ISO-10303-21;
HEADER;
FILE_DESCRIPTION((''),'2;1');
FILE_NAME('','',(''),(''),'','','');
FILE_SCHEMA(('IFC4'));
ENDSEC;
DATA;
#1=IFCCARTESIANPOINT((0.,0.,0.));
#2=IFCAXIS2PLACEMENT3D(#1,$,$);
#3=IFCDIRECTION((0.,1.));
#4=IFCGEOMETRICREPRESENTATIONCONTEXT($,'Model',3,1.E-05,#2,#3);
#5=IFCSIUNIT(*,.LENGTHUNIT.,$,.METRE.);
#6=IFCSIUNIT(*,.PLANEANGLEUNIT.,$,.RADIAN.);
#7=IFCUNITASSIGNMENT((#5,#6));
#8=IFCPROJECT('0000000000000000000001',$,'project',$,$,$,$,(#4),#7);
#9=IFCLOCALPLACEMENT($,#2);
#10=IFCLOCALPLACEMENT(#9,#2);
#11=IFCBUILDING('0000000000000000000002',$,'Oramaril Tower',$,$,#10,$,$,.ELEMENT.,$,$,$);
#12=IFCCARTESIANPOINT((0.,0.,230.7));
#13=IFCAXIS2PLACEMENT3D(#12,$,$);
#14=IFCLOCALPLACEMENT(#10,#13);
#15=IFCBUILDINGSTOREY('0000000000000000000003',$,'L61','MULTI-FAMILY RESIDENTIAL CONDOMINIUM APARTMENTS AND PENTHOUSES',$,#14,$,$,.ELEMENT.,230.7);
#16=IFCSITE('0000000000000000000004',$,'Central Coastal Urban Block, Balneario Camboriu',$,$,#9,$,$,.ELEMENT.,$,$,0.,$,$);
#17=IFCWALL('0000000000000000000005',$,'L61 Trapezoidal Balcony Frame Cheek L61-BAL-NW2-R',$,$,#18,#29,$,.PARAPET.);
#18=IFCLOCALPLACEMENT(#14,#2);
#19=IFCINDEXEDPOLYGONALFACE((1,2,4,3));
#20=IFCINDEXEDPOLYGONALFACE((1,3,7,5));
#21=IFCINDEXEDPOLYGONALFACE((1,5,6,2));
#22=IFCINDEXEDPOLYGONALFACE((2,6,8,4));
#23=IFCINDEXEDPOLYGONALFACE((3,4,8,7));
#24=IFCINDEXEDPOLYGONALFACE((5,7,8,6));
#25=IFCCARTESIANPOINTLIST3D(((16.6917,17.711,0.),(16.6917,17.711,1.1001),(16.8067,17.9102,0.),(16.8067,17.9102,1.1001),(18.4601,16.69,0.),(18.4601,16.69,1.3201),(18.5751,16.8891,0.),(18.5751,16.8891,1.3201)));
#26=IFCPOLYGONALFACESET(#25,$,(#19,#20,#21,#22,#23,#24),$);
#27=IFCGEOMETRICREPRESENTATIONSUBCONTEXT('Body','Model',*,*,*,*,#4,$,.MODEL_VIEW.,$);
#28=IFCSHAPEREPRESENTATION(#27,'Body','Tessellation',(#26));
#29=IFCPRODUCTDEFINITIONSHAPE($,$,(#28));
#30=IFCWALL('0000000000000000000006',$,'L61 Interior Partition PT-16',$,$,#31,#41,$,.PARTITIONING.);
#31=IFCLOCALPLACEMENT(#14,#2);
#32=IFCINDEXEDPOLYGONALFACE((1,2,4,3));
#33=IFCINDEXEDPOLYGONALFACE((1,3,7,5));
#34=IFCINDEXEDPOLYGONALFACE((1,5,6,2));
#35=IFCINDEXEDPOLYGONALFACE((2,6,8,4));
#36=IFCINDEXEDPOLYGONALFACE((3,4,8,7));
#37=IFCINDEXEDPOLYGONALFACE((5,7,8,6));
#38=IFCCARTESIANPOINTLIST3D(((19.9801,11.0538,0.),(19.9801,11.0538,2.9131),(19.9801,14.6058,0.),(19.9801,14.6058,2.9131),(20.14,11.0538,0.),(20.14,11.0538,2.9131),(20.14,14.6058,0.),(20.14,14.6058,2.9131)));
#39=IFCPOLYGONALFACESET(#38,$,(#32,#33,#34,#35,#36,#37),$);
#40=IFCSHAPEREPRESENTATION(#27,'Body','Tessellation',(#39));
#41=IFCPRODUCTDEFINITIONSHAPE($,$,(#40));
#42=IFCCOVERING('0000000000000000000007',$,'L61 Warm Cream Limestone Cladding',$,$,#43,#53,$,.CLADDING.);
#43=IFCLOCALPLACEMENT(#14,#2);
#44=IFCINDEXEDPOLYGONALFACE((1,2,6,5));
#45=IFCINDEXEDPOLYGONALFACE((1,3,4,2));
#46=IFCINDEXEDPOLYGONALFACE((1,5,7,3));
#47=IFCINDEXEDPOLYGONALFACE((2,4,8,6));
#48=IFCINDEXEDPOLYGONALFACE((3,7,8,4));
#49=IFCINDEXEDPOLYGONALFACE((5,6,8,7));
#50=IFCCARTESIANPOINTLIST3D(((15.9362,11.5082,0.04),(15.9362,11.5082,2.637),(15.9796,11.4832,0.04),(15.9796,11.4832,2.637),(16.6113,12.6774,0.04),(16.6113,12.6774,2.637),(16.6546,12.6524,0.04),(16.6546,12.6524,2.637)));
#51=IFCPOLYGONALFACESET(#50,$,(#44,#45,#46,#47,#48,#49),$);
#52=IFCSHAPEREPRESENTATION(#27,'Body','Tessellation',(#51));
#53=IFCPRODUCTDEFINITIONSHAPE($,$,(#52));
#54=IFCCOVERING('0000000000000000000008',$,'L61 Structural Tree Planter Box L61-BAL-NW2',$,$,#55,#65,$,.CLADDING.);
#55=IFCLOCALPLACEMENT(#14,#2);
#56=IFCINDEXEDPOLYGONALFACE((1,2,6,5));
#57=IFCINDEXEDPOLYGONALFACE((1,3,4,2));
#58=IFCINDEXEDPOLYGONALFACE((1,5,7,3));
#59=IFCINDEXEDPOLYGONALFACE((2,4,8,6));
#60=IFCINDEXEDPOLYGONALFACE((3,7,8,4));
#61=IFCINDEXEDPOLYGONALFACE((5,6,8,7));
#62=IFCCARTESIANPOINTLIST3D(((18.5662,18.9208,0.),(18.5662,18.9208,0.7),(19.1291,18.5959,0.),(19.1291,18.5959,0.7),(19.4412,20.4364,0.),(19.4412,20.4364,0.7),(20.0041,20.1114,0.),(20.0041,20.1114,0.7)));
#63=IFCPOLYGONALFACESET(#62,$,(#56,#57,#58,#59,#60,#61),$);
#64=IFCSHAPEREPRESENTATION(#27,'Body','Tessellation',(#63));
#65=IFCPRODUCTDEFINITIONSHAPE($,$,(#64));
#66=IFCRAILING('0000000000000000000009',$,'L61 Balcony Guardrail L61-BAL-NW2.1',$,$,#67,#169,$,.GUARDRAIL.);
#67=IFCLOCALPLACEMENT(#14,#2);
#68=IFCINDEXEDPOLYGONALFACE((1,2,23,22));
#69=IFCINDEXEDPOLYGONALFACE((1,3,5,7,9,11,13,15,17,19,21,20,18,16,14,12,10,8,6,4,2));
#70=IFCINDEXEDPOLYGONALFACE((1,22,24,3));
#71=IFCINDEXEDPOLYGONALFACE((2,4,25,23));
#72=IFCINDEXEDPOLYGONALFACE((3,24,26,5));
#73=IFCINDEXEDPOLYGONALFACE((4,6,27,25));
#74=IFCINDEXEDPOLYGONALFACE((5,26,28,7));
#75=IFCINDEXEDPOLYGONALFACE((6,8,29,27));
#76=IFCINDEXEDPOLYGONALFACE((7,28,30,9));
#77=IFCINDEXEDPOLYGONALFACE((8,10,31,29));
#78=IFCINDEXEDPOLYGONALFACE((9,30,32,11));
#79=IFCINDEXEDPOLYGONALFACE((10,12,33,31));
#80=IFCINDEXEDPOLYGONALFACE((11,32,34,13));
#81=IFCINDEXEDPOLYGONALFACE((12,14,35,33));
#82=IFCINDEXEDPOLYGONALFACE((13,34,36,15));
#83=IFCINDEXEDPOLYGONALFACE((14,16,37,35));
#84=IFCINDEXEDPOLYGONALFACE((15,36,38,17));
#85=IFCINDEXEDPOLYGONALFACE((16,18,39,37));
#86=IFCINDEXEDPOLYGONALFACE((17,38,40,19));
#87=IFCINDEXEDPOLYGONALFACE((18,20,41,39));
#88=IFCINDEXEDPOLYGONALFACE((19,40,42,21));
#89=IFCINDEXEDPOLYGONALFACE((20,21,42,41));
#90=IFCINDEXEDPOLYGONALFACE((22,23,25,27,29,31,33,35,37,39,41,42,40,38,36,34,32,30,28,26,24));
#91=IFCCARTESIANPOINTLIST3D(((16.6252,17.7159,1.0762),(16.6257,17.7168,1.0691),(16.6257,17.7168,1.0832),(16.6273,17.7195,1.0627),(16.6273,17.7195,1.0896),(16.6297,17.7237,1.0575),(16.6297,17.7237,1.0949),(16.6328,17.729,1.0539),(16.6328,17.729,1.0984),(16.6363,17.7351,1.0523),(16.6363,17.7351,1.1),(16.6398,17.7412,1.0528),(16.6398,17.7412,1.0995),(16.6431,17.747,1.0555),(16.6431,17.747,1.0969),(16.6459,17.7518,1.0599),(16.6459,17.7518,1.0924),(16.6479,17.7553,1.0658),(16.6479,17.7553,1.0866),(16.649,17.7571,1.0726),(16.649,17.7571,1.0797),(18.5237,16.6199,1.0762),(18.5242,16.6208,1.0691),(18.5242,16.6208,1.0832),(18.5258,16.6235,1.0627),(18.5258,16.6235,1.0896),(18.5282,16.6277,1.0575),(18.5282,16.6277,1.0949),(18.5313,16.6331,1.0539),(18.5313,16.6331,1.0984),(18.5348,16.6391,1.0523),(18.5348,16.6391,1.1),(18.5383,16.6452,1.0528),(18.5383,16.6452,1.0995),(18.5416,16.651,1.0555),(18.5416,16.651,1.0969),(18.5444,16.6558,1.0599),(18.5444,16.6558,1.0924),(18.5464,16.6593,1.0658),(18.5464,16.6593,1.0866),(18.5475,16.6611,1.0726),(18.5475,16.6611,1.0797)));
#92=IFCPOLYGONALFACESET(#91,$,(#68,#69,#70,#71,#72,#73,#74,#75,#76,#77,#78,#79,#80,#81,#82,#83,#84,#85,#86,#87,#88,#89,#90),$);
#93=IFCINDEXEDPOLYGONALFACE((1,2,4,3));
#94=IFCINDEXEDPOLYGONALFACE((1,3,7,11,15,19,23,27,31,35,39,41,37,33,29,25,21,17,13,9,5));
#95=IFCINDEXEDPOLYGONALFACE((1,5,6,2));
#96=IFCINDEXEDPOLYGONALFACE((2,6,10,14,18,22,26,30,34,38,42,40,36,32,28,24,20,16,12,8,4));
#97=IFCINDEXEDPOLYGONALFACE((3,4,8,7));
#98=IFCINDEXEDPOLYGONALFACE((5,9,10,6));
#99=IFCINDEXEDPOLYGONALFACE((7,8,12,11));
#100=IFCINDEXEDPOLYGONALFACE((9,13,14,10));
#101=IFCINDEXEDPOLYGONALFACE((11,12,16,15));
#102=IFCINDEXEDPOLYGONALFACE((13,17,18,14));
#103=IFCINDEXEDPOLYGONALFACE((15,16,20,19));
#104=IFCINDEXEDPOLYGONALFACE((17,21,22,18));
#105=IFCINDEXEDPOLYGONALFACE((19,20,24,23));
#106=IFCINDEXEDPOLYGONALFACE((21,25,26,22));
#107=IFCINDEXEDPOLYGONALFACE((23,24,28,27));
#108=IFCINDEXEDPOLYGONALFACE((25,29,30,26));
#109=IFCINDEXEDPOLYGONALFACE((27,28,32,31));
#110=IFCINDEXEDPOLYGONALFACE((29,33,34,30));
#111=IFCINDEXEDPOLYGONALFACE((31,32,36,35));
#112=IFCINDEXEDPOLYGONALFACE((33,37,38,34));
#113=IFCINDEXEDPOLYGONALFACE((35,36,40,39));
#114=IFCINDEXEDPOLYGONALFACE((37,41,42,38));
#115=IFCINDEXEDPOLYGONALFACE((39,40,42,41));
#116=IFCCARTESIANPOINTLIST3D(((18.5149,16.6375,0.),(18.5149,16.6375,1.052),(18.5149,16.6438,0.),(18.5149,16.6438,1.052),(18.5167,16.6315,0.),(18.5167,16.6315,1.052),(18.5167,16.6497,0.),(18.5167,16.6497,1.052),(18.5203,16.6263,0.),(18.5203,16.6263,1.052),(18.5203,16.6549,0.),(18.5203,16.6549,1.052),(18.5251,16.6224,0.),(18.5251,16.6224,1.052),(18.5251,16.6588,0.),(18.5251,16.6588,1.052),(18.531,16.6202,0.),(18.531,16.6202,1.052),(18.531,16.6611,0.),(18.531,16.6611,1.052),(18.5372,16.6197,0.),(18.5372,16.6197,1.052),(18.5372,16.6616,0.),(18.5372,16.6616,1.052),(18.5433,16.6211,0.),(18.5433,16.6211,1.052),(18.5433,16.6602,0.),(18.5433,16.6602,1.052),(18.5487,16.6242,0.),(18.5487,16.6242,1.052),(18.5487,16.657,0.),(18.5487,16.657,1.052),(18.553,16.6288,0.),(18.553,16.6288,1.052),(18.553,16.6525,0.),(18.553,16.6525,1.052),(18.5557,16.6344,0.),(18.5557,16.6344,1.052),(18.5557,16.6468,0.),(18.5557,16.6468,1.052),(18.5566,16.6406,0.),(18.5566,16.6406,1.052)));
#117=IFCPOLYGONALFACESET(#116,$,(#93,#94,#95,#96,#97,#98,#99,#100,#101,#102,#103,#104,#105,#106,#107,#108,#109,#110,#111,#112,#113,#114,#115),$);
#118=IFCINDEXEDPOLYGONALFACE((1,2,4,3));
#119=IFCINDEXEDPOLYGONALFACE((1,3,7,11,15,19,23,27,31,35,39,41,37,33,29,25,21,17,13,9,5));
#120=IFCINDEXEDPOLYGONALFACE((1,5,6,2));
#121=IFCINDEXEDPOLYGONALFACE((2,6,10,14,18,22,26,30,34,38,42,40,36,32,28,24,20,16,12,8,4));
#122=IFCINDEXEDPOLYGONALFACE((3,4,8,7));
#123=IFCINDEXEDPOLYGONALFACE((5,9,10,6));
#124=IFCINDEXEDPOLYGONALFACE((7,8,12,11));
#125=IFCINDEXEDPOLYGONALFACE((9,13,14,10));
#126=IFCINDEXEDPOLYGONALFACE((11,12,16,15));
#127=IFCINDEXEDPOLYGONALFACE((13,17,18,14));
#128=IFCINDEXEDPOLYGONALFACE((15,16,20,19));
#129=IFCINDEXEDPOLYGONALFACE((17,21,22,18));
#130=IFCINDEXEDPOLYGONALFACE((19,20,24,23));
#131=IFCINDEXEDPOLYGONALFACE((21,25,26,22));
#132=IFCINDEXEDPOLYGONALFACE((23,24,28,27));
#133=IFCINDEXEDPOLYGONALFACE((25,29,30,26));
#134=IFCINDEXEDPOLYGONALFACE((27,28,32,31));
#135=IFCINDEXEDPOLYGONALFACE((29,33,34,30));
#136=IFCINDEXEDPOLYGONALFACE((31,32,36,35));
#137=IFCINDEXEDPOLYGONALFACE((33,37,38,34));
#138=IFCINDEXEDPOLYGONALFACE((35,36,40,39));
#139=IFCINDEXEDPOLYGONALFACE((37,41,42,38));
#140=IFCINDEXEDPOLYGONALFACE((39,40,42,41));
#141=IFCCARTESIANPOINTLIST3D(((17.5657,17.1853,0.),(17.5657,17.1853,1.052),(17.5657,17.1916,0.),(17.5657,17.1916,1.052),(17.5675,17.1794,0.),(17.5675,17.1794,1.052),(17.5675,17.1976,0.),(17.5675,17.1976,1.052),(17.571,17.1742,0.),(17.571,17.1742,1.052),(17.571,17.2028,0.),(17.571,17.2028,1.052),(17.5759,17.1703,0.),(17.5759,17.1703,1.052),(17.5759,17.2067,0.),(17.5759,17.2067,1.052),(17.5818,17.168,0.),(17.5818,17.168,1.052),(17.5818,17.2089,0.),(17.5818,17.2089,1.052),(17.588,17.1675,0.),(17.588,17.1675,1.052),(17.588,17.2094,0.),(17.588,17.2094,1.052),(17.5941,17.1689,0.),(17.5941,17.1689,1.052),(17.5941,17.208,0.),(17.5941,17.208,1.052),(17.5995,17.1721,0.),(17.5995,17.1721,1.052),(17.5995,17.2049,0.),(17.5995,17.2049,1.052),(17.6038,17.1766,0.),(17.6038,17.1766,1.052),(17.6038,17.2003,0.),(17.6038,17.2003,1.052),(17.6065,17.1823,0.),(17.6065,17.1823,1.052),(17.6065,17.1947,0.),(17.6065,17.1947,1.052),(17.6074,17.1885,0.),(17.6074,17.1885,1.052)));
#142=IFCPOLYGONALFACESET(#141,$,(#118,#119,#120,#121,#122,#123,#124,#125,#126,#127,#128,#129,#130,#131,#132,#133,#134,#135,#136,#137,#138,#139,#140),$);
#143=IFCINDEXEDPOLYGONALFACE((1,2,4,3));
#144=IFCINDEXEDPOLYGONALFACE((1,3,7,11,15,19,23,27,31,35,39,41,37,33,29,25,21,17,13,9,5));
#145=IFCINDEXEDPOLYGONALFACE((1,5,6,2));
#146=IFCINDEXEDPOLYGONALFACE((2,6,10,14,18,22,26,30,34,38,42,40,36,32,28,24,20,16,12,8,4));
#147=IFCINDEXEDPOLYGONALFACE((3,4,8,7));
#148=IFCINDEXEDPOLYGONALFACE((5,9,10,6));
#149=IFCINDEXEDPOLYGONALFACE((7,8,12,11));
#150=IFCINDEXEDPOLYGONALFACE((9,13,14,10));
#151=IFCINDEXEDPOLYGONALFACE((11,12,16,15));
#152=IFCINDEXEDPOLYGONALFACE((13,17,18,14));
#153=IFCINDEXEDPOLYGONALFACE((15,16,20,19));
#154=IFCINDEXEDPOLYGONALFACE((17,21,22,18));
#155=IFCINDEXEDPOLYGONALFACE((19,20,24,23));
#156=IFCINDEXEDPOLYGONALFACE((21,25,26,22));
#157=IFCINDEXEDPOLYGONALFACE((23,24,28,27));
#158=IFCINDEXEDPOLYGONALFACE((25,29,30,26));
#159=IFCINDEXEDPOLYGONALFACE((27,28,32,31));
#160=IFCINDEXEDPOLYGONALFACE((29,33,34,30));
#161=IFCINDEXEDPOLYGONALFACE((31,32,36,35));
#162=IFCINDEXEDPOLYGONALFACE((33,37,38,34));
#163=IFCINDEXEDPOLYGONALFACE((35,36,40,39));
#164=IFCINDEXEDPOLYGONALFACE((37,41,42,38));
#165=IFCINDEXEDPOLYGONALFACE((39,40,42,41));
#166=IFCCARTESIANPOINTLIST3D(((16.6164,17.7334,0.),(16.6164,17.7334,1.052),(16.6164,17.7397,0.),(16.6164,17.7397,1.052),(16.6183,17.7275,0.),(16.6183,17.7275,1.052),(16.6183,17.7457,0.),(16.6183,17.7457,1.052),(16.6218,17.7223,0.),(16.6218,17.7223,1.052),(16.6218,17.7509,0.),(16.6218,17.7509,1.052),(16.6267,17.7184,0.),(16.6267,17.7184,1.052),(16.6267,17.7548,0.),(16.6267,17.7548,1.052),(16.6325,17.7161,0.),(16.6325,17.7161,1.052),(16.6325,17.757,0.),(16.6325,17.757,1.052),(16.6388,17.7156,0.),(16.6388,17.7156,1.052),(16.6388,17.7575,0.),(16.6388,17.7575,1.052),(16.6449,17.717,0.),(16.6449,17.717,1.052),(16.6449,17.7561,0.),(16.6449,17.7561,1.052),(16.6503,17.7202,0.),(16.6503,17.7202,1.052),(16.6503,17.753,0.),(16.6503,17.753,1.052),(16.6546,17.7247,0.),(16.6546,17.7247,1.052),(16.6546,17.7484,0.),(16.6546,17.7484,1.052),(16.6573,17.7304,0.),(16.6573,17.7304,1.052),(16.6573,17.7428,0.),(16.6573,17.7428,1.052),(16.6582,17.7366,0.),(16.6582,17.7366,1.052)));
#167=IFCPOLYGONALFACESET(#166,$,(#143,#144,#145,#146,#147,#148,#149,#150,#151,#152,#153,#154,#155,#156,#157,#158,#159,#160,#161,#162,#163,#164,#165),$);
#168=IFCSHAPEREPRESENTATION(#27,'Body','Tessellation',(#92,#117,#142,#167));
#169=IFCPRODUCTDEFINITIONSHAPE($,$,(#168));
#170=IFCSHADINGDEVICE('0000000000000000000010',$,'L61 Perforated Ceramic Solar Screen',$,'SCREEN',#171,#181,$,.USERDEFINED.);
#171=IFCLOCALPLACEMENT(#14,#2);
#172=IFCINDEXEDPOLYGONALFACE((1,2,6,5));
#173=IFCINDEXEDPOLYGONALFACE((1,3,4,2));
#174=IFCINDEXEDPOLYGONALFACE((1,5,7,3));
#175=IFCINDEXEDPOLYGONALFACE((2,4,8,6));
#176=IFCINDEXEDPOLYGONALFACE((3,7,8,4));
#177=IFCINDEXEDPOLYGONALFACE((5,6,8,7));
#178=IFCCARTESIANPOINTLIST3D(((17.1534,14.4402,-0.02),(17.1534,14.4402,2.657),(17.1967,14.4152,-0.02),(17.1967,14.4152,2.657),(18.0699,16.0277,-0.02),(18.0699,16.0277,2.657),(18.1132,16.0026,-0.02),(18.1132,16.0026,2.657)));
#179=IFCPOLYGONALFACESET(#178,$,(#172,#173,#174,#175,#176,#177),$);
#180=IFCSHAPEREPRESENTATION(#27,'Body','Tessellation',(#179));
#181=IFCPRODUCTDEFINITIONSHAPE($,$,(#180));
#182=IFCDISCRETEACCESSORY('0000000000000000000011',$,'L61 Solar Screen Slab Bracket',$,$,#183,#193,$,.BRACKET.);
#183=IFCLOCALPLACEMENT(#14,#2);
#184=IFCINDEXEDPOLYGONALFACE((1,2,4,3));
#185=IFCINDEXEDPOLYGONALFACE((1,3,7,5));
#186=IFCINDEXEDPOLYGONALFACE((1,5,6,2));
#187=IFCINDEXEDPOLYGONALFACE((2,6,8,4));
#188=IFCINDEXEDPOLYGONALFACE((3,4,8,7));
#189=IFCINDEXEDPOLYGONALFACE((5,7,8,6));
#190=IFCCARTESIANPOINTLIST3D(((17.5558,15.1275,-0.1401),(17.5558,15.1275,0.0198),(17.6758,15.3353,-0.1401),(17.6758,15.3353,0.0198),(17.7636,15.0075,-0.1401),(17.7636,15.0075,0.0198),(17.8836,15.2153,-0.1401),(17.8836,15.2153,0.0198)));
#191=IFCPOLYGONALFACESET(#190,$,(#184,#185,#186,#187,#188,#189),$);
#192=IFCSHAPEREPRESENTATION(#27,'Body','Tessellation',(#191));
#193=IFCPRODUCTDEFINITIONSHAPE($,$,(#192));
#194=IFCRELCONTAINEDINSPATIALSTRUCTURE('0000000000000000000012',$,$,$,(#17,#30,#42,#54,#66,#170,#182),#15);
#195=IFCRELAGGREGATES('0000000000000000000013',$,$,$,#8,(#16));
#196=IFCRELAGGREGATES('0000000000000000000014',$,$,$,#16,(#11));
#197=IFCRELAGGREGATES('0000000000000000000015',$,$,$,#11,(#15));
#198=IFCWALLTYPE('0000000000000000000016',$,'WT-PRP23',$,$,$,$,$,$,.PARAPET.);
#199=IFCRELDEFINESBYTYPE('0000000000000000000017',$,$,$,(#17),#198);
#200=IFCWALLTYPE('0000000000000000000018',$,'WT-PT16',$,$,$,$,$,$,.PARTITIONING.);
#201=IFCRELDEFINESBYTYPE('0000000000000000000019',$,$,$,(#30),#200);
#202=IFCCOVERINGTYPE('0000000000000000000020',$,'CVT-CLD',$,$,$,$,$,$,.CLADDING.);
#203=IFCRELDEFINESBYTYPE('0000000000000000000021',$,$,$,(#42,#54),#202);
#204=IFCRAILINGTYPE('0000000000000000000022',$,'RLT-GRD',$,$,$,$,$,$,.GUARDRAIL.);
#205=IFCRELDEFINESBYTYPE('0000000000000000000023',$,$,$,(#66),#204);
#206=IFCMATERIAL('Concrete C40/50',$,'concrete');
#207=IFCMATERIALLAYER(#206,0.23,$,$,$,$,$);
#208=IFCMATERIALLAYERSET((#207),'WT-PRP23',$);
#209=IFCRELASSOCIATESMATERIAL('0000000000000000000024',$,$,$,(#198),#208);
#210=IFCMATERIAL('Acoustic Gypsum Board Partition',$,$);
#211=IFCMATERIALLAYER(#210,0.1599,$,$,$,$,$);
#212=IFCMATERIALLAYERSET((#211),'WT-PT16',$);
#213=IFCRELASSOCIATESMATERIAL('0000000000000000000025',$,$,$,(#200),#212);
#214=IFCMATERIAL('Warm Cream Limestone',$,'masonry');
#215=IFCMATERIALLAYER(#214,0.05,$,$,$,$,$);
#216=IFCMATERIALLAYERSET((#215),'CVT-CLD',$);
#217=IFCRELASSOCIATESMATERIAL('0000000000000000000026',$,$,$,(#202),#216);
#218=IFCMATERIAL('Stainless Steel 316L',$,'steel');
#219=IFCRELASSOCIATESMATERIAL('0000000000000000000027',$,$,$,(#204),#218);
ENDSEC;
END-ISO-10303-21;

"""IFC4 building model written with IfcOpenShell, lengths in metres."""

from ifc_helpers import new_model, si_unit, direction, frame, frame_2d, origin, origin_2d, place, context, subcontext, project, spatial, polyline, rectangle, circle, outline, extrude, material, layer, layer_set, type_object, element, save


model = new_model("IFC4")

# Units and contexts
model_context = context("Model", 3, precision=1e-05, world=origin(), true_north=direction((0.0, 1.0)))
body_context = subcontext(model_context, "Body", "Model", "MODEL_VIEW")
ifc_project = project(units=[si_unit("LENGTHUNIT", "METRE"), si_unit("PLANEANGLEUNIT", "RADIAN")], contexts=[model_context])

# Site, building, storey
site_placement = place(None, origin())
site = spatial("IfcSite", under=ifc_project, at=site_placement, Name="Central Coastal Urban Block, Balneario Camboriu", CompositionType="ELEMENT", RefElevation=0.0)
building_placement = place(site_placement, origin())
building = spatial("IfcBuilding", under=site, at=building_placement, Name="Oramaril Tower", CompositionType="ELEMENT")
storey_placement = place(building_placement, frame((0.0, 0.0, 230.7)))
storey = spatial("IfcBuildingStorey", under=building, at=storey_placement, Name="L61", Description="MULTI-FAMILY RESIDENTIAL CONDOMINIUM APARTMENTS AND PENTHOUSES", CompositionType="ELEMENT", Elevation=230.7)

# Wall
ifc_material_1 = material(Name="Concrete C40/50", Category="concrete")
ifc_layer_1 = layer(ifc_material_1, 0.23)
ifc_layer_set_1 = layer_set([ifc_layer_1], Name="WT-PRP23")
wall_type_1 = type_object("IfcWallType", Name="WT-PRP23", PredefinedType="PARAPET", material=ifc_layer_set_1)
wall_1_placement = place(storey_placement, frame((18.5176, 16.7896, 0.0), z_axis=(0.0, 0.0, 1.0), x_axis=(-0.866012, 0.500023, 0.0)))
element("IfcWall", 1, at=wall_1_placement, inside=storey, type_object=wall_type_1, Name="L61 Trapezoidal Balcony Frame Cheek L61-BAL-NW2-R", PredefinedType="PARAPET", context=body_context, shape_type="SweptSolid", body=[
    extrude(outline(polyline([(0.0, 0.0), (2.042, 0.0), (2.042, 1.1001), (0.0, 1.3201), (0.0, 0.0)])), frame((0.0, 0.115, 0.0), z_axis=(0.0, -1.0, 0.0), x_axis=(1.0, 0.0, 0.0)), (0.0, 0.0, 1.0), 0.23),
])

# Shared definitions
ifc_material_2 = material(Name="Acoustic Gypsum Board Partition")
ifc_layer_2 = layer(ifc_material_2, 0.1599)
ifc_layer_set_2 = layer_set([ifc_layer_2], Name="WT-PT16")
wall_type_2 = type_object("IfcWallType", Name="WT-PT16", PredefinedType="PARTITIONING", material=ifc_layer_set_2)

# Wall
wall_2_placement = place(storey_placement, frame((20.0601, 11.054, 0.0), z_axis=(0.0, 0.0, 1.0), x_axis=(0.0, 1.0, 0.0)))
element("IfcWall", 2, at=wall_2_placement, inside=storey, type_object=wall_type_2, Name="L61 Interior Partition PT-16", PredefinedType="PARTITIONING", context=body_context, shape_type="SweptSolid", body=[
    extrude(rectangle(XDim=3.552, YDim=0.1599, at=frame_2d((1.7759, 0.0))), origin(), (0.0, 0.0, 1.0), 2.9131),
])

# Coverings
ifc_material_3 = material(Name="Warm Cream Limestone", Category="masonry")
ifc_layer_3 = layer(ifc_material_3, 0.05)
ifc_layer_set_3 = layer_set([ifc_layer_3], Name="CVT-CLD")
covering_type = type_object("IfcCoveringType", Name="CVT-CLD", PredefinedType="CLADDING", material=ifc_layer_set_3)
covering_1_placement = place(storey_placement, frame((16.2954, 12.0803, 0.04), z_axis=(0.0, 0.0, 1.0), x_axis=(-0.500002, -0.866025, 0.0)))
element("IfcCovering", 3, at=covering_1_placement, inside=storey, type_object=covering_type, Name="L61 Warm Cream Limestone Cladding", PredefinedType="CLADDING", context=body_context, shape_type="SweptSolid", body=[
    extrude(rectangle(XDim=1.3501, YDim=0.05, at=origin_2d()), origin(), (0.0, 0.0, 1.0), 2.5969),
])
covering_2_placement = place(storey_placement, frame((19.2852, 19.5161, 0.0), z_axis=(0.0, 0.0, 1.0), x_axis=(-0.500002, -0.866025, 0.0)))
element("IfcCovering", 4, at=covering_2_placement, inside=storey, type_object=covering_type, Name="L61 Structural Tree Planter Box L61-BAL-NW2", PredefinedType="CLADDING", context=body_context, shape_type="SweptSolid", body=[
    extrude(rectangle(XDim=1.75, YDim=0.6499, at=origin_2d()), origin(), (0.0, 0.0, 1.0), 0.7),
])

# Railing
ifc_material_4 = material(Name="Stainless Steel 316L", Category="steel")
railing_type = type_object("IfcRailingType", Name="RLT-GRD", PredefinedType="GUARDRAIL", material=ifc_material_4)
railing_1_placement = place(storey_placement, frame((18.5356, 16.6406, 0.0)))
element("IfcRailing", 5, at=railing_1_placement, inside=storey, type_object=railing_type, Name="L61 Balcony Guardrail L61-BAL-NW2.1", PredefinedType="GUARDRAIL", context=body_context, shape_type="SweptSolid", body=[
    extrude(circle(Radius=0.0239, at=origin_2d()), frame((0.0, 0.0, 1.0762), z_axis=(-0.866048, 0.49996, 0.0), x_axis=(-0.49996, -0.866048, 0.0)), (0.0, 0.0, 1.0), 2.1921),
    extrude(circle(Radius=0.021, at=origin_2d()), origin(), (0.0, 0.0, 1.0), 1.052),
    extrude(circle(Radius=0.021, at=origin_2d()), frame((-0.9492, 0.5479, 0.0)), (0.0, 0.0, 1.0), 1.052),
    extrude(circle(Radius=0.021, at=origin_2d()), frame((-1.8984, 1.0959, 0.0)), (0.0, 0.0, 1.0), 1.052),
])

# Shading device
shading_device_placement = place(storey_placement, frame((17.6333, 15.2214, -0.02), z_axis=(0.0, 0.0, 1.0), x_axis=(-0.500002, -0.866025, 0.0)))
element("IfcShadingDevice", 6, at=shading_device_placement, inside=storey, Name="L61 Perforated Ceramic Solar Screen", ObjectType="SCREEN", PredefinedType="USERDEFINED", context=body_context, shape_type="SweptSolid", body=[
    extrude(rectangle(XDim=1.833, YDim=0.05, at=origin_2d()), origin(), (0.0, 0.0, 1.0), 2.677),
])

# Discrete accessory
discrete_accessory_placement = place(storey_placement, frame((17.7197, 15.1714, -0.1401), z_axis=(0.0, 0.0, 1.0), x_axis=(-0.500002, -0.866025, 0.0)))
element("IfcDiscreteAccessory", 7, at=discrete_accessory_placement, inside=storey, Name="L61 Solar Screen Slab Bracket", PredefinedType="BRACKET", context=body_context, shape_type="SweptSolid", body=[
    extrude(rectangle(XDim=0.24, YDim=0.24, at=origin_2d()), origin(), (0.0, 0.0, 1.0), 0.1599),
])

save(model, "model.ifc")
